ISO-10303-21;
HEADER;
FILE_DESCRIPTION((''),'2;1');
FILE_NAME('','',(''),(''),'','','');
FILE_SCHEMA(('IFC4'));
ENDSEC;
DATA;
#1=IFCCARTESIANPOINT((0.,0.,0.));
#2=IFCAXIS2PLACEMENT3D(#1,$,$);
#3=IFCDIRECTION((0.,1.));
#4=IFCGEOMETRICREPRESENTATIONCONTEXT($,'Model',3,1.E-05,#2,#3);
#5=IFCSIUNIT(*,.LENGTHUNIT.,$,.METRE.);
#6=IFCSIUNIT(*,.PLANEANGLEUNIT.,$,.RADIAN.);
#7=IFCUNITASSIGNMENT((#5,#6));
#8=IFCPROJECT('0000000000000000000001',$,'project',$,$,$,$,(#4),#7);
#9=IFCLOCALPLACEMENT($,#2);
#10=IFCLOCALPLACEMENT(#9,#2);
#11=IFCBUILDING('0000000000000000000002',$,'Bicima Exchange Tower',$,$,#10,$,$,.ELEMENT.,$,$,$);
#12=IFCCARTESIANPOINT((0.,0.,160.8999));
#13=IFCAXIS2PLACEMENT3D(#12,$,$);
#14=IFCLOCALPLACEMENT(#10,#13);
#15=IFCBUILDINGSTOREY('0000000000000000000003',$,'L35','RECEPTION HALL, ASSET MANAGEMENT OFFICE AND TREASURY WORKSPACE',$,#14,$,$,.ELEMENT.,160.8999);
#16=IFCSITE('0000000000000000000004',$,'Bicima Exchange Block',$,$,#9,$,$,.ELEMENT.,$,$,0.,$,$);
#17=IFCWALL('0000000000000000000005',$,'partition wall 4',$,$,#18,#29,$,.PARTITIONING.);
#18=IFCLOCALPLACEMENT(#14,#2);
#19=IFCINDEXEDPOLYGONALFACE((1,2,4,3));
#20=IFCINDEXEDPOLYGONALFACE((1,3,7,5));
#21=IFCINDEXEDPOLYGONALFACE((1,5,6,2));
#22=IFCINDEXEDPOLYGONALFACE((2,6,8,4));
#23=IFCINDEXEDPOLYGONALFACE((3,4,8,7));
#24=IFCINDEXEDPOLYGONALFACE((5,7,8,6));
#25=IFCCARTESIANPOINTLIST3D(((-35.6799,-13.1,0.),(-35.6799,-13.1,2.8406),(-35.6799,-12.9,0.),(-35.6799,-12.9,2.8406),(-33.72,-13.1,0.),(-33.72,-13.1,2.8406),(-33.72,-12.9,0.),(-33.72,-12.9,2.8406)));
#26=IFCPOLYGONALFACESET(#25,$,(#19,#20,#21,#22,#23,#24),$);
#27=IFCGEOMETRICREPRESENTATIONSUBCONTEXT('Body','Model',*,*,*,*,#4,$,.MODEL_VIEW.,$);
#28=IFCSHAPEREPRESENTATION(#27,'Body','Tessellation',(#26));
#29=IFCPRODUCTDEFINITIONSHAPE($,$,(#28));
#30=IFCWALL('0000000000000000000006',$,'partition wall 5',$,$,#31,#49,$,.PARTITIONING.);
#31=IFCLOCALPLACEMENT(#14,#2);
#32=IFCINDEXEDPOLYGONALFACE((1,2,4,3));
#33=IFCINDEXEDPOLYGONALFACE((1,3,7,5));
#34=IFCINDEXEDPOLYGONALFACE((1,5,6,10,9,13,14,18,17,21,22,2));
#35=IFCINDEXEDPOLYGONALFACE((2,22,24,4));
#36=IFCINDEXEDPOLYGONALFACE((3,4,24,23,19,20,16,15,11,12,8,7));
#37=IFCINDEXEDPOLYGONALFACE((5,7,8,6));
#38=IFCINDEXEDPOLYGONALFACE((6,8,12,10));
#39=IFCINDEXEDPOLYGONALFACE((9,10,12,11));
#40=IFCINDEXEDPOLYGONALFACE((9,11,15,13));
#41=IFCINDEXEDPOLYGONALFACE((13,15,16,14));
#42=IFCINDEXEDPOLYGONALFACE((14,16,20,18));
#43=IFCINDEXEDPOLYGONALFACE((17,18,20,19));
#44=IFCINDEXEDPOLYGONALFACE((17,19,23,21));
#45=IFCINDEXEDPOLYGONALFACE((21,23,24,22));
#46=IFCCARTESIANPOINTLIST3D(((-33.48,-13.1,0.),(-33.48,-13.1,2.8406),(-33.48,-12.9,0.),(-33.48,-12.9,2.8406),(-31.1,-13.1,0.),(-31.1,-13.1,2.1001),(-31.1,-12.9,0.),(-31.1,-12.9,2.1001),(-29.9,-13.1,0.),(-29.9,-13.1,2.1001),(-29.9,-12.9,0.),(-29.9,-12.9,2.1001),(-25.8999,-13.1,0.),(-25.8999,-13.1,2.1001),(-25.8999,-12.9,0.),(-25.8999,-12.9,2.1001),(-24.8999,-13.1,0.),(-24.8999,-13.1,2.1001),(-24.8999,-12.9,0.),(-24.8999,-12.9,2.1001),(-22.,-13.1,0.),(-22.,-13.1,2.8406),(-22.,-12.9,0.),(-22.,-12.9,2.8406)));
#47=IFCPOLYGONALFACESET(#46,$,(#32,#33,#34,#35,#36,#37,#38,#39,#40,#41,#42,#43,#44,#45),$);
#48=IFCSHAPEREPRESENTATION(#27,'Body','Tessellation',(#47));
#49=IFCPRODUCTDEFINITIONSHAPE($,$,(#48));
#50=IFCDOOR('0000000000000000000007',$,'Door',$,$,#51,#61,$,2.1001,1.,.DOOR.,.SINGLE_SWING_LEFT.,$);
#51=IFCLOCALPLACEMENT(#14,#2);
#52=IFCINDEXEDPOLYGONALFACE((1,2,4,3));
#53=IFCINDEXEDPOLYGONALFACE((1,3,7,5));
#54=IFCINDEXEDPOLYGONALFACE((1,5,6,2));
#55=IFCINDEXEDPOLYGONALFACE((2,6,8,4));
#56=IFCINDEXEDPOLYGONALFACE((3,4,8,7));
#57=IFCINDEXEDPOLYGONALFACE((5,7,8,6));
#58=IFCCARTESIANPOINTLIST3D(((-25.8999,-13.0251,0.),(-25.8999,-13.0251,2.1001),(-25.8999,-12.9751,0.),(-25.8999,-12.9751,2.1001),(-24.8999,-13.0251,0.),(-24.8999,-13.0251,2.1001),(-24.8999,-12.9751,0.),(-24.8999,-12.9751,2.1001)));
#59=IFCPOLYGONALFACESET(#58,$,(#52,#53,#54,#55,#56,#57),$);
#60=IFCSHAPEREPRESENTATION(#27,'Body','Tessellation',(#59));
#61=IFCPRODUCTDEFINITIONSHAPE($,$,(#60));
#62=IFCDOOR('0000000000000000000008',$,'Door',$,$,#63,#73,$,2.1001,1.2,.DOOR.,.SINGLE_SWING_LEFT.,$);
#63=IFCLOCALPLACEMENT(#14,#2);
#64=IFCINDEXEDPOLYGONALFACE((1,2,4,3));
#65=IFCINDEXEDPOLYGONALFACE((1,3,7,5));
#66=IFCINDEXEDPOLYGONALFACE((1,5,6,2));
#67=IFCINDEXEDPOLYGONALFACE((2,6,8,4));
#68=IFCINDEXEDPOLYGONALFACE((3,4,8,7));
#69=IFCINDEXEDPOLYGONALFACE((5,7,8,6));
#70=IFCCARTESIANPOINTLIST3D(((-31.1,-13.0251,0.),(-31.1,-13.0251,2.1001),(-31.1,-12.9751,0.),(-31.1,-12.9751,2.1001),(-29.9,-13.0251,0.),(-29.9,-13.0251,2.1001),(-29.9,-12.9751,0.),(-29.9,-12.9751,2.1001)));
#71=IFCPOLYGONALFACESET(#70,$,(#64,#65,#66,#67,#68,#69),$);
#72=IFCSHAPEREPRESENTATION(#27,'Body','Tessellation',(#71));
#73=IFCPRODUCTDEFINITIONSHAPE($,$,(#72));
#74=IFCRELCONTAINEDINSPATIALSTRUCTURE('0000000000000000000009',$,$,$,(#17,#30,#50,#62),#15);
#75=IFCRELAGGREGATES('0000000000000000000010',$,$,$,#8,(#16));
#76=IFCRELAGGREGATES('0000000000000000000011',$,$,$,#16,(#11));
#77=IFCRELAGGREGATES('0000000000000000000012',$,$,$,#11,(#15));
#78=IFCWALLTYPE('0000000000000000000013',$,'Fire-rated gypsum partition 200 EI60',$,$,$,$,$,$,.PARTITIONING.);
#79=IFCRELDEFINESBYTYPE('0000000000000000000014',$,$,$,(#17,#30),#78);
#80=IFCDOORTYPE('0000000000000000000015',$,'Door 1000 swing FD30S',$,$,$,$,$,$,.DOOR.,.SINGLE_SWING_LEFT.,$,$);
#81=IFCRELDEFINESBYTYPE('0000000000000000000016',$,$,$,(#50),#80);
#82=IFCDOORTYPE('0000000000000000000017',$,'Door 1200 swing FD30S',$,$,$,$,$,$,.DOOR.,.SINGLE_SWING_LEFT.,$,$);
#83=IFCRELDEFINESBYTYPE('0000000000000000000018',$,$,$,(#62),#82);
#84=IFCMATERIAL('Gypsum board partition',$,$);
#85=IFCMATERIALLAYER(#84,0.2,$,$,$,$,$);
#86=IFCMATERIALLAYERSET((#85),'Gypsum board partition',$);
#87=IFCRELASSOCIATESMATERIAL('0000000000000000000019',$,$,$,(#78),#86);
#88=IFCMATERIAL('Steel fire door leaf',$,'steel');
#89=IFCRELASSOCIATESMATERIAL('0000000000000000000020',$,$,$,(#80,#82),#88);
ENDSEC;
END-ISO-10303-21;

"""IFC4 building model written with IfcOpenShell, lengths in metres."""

from ifc_helpers import new_model, si_unit, direction, frame, frame_2d, origin, place, context, subcontext, project, spatial, rectangle, extrude, material, layer, layer_set, type_object, element, fill, save


model = new_model("IFC4")

# Units and contexts
model_context = context("Model", 3, precision=1e-05, world=origin(), true_north=direction((0.0, 1.0)))
body_context = subcontext(model_context, "Body", "Model", "MODEL_VIEW")
ifc_project = project(units=[si_unit("LENGTHUNIT", "METRE"), si_unit("PLANEANGLEUNIT", "RADIAN")], contexts=[model_context])

# Site, building, storey
site_placement = place(None, origin())
site = spatial("IfcSite", under=ifc_project, at=site_placement, Name="Bicima Exchange Block", CompositionType="ELEMENT", RefElevation=0.0)
building_placement = place(site_placement, origin())
building = spatial("IfcBuilding", under=site, at=building_placement, Name="Bicima Exchange Tower", CompositionType="ELEMENT")
storey_placement = place(building_placement, frame((0.0, 0.0, 160.8999)))
storey = spatial("IfcBuildingStorey", under=building, at=storey_placement, Name="L35", Description="RECEPTION HALL, ASSET MANAGEMENT OFFICE AND TREASURY WORKSPACE", CompositionType="ELEMENT", Elevation=160.8999)

# Shared definitions
ifc_material_1 = material(Name="Gypsum board partition")
ifc_layer_1 = layer(ifc_material_1, 0.2)
ifc_layer_set_1 = layer_set([ifc_layer_1], Name="Gypsum board partition")
wall_type = type_object("IfcWallType", Name="Fire-rated gypsum partition 200 EI60", PredefinedType="PARTITIONING", material=ifc_layer_set_1)
ifc_material_2 = material(Name="Steel fire door leaf", Category="steel")
door_type_1 = type_object("IfcDoorType", Name="Door 1000 swing FD30S", OperationType="SINGLE_SWING_LEFT", PredefinedType="DOOR", material=ifc_material_2)

# Wall
wall_1_placement = place(storey_placement, frame((-35.6799, -13.0, 0.0), z_axis=(0.0, 0.0, 1.0), x_axis=(1.0, 0.0, 0.0)))
element("IfcWall", 1, at=wall_1_placement, inside=storey, type_object=wall_type, Name="partition wall 4", PredefinedType="PARTITIONING", context=body_context, shape_type="SweptSolid", body=[
    extrude(rectangle(XDim=1.96, YDim=0.2, at=frame_2d((0.98, 0.0))), origin(), (0.0, 0.0, 1.0), 2.8406),
])

# Wall, openings, doors
wall_2_placement = place(storey_placement, frame((-33.48, -13.0, 0.0), z_axis=(0.0, 0.0, 1.0), x_axis=(1.0, 0.0, 0.0)))
wall_2 = element("IfcWall", 2, at=wall_2_placement, inside=storey, type_object=wall_type, Name="partition wall 5", PredefinedType="PARTITIONING", context=body_context, shape_type="SweptSolid", body=[
    extrude(rectangle(XDim=11.48, YDim=0.2, at=frame_2d((5.74, 0.0))), origin(), (0.0, 0.0, 1.0), 2.8406),
])
opening_1_placement = place(wall_2_placement, frame((2.3799, 0.0, 0.0)))
opening_1 = element("IfcOpeningElement", 3, at=opening_1_placement, cuts=wall_2, PredefinedType="OPENING", context=body_context, shape_type="SweptSolid", body=[
    extrude(rectangle(XDim=1.2, YDim=2.1001, at=frame_2d((0.6001, 1.05))), frame((0.0, 0.1118, 0.0), z_axis=(0.0, -1.0, 0.0), x_axis=(1.0, 0.0, 0.0)), (0.0, 0.0, 1.0), 0.2239),
])
opening_2_placement = place(wall_2_placement, frame((7.5801, 0.0, 0.0)))
opening_2 = element("IfcOpeningElement", 4, at=opening_2_placement, cuts=wall_2, PredefinedType="OPENING", context=body_context, shape_type="SweptSolid", body=[
    extrude(rectangle(XDim=1.0, YDim=2.1001, at=frame_2d((0.5, 1.05))), frame((0.0, 0.1118, 0.0), z_axis=(0.0, -1.0, 0.0), x_axis=(1.0, 0.0, 0.0)), (0.0, 0.0, 1.0), 0.2239),
])
door_1_placement = place(opening_2_placement, origin())
door_1 = element("IfcDoor", 5, at=door_1_placement, inside=storey, type_object=door_type_1, Name="Door", OperationType="SINGLE_SWING_LEFT", OverallHeight=2.1001, OverallWidth=1.0, PredefinedType="DOOR", context=body_context, shape_type="SweptSolid", body=[
    extrude(rectangle(XDim=1.0, YDim=2.1001, at=frame_2d((0.5, 1.05))), frame((0.0, 0.0249, 0.0), z_axis=(0.0, -1.0, 0.0), x_axis=(1.0, 0.0, 0.0)), (0.0, 0.0, 1.0), 0.05),
])
fill(opening_2, door_1)
door_type_2 = type_object("IfcDoorType", Name="Door 1200 swing FD30S", OperationType="SINGLE_SWING_LEFT", PredefinedType="DOOR", material=ifc_material_2)
door_2_placement = place(opening_1_placement, origin())
door_2 = element("IfcDoor", 6, at=door_2_placement, inside=storey, type_object=door_type_2, Name="Door", OperationType="SINGLE_SWING_LEFT", OverallHeight=2.1001, OverallWidth=1.2, PredefinedType="DOOR", context=body_context, shape_type="SweptSolid", body=[
    extrude(rectangle(XDim=1.2, YDim=2.1001, at=frame_2d((0.6001, 1.05))), frame((0.0, 0.0249, 0.0), z_axis=(0.0, -1.0, 0.0), x_axis=(1.0, 0.0, 0.0)), (0.0, 0.0, 1.0), 0.05),
])
fill(opening_1, door_2)

save(model, "model.ifc")
